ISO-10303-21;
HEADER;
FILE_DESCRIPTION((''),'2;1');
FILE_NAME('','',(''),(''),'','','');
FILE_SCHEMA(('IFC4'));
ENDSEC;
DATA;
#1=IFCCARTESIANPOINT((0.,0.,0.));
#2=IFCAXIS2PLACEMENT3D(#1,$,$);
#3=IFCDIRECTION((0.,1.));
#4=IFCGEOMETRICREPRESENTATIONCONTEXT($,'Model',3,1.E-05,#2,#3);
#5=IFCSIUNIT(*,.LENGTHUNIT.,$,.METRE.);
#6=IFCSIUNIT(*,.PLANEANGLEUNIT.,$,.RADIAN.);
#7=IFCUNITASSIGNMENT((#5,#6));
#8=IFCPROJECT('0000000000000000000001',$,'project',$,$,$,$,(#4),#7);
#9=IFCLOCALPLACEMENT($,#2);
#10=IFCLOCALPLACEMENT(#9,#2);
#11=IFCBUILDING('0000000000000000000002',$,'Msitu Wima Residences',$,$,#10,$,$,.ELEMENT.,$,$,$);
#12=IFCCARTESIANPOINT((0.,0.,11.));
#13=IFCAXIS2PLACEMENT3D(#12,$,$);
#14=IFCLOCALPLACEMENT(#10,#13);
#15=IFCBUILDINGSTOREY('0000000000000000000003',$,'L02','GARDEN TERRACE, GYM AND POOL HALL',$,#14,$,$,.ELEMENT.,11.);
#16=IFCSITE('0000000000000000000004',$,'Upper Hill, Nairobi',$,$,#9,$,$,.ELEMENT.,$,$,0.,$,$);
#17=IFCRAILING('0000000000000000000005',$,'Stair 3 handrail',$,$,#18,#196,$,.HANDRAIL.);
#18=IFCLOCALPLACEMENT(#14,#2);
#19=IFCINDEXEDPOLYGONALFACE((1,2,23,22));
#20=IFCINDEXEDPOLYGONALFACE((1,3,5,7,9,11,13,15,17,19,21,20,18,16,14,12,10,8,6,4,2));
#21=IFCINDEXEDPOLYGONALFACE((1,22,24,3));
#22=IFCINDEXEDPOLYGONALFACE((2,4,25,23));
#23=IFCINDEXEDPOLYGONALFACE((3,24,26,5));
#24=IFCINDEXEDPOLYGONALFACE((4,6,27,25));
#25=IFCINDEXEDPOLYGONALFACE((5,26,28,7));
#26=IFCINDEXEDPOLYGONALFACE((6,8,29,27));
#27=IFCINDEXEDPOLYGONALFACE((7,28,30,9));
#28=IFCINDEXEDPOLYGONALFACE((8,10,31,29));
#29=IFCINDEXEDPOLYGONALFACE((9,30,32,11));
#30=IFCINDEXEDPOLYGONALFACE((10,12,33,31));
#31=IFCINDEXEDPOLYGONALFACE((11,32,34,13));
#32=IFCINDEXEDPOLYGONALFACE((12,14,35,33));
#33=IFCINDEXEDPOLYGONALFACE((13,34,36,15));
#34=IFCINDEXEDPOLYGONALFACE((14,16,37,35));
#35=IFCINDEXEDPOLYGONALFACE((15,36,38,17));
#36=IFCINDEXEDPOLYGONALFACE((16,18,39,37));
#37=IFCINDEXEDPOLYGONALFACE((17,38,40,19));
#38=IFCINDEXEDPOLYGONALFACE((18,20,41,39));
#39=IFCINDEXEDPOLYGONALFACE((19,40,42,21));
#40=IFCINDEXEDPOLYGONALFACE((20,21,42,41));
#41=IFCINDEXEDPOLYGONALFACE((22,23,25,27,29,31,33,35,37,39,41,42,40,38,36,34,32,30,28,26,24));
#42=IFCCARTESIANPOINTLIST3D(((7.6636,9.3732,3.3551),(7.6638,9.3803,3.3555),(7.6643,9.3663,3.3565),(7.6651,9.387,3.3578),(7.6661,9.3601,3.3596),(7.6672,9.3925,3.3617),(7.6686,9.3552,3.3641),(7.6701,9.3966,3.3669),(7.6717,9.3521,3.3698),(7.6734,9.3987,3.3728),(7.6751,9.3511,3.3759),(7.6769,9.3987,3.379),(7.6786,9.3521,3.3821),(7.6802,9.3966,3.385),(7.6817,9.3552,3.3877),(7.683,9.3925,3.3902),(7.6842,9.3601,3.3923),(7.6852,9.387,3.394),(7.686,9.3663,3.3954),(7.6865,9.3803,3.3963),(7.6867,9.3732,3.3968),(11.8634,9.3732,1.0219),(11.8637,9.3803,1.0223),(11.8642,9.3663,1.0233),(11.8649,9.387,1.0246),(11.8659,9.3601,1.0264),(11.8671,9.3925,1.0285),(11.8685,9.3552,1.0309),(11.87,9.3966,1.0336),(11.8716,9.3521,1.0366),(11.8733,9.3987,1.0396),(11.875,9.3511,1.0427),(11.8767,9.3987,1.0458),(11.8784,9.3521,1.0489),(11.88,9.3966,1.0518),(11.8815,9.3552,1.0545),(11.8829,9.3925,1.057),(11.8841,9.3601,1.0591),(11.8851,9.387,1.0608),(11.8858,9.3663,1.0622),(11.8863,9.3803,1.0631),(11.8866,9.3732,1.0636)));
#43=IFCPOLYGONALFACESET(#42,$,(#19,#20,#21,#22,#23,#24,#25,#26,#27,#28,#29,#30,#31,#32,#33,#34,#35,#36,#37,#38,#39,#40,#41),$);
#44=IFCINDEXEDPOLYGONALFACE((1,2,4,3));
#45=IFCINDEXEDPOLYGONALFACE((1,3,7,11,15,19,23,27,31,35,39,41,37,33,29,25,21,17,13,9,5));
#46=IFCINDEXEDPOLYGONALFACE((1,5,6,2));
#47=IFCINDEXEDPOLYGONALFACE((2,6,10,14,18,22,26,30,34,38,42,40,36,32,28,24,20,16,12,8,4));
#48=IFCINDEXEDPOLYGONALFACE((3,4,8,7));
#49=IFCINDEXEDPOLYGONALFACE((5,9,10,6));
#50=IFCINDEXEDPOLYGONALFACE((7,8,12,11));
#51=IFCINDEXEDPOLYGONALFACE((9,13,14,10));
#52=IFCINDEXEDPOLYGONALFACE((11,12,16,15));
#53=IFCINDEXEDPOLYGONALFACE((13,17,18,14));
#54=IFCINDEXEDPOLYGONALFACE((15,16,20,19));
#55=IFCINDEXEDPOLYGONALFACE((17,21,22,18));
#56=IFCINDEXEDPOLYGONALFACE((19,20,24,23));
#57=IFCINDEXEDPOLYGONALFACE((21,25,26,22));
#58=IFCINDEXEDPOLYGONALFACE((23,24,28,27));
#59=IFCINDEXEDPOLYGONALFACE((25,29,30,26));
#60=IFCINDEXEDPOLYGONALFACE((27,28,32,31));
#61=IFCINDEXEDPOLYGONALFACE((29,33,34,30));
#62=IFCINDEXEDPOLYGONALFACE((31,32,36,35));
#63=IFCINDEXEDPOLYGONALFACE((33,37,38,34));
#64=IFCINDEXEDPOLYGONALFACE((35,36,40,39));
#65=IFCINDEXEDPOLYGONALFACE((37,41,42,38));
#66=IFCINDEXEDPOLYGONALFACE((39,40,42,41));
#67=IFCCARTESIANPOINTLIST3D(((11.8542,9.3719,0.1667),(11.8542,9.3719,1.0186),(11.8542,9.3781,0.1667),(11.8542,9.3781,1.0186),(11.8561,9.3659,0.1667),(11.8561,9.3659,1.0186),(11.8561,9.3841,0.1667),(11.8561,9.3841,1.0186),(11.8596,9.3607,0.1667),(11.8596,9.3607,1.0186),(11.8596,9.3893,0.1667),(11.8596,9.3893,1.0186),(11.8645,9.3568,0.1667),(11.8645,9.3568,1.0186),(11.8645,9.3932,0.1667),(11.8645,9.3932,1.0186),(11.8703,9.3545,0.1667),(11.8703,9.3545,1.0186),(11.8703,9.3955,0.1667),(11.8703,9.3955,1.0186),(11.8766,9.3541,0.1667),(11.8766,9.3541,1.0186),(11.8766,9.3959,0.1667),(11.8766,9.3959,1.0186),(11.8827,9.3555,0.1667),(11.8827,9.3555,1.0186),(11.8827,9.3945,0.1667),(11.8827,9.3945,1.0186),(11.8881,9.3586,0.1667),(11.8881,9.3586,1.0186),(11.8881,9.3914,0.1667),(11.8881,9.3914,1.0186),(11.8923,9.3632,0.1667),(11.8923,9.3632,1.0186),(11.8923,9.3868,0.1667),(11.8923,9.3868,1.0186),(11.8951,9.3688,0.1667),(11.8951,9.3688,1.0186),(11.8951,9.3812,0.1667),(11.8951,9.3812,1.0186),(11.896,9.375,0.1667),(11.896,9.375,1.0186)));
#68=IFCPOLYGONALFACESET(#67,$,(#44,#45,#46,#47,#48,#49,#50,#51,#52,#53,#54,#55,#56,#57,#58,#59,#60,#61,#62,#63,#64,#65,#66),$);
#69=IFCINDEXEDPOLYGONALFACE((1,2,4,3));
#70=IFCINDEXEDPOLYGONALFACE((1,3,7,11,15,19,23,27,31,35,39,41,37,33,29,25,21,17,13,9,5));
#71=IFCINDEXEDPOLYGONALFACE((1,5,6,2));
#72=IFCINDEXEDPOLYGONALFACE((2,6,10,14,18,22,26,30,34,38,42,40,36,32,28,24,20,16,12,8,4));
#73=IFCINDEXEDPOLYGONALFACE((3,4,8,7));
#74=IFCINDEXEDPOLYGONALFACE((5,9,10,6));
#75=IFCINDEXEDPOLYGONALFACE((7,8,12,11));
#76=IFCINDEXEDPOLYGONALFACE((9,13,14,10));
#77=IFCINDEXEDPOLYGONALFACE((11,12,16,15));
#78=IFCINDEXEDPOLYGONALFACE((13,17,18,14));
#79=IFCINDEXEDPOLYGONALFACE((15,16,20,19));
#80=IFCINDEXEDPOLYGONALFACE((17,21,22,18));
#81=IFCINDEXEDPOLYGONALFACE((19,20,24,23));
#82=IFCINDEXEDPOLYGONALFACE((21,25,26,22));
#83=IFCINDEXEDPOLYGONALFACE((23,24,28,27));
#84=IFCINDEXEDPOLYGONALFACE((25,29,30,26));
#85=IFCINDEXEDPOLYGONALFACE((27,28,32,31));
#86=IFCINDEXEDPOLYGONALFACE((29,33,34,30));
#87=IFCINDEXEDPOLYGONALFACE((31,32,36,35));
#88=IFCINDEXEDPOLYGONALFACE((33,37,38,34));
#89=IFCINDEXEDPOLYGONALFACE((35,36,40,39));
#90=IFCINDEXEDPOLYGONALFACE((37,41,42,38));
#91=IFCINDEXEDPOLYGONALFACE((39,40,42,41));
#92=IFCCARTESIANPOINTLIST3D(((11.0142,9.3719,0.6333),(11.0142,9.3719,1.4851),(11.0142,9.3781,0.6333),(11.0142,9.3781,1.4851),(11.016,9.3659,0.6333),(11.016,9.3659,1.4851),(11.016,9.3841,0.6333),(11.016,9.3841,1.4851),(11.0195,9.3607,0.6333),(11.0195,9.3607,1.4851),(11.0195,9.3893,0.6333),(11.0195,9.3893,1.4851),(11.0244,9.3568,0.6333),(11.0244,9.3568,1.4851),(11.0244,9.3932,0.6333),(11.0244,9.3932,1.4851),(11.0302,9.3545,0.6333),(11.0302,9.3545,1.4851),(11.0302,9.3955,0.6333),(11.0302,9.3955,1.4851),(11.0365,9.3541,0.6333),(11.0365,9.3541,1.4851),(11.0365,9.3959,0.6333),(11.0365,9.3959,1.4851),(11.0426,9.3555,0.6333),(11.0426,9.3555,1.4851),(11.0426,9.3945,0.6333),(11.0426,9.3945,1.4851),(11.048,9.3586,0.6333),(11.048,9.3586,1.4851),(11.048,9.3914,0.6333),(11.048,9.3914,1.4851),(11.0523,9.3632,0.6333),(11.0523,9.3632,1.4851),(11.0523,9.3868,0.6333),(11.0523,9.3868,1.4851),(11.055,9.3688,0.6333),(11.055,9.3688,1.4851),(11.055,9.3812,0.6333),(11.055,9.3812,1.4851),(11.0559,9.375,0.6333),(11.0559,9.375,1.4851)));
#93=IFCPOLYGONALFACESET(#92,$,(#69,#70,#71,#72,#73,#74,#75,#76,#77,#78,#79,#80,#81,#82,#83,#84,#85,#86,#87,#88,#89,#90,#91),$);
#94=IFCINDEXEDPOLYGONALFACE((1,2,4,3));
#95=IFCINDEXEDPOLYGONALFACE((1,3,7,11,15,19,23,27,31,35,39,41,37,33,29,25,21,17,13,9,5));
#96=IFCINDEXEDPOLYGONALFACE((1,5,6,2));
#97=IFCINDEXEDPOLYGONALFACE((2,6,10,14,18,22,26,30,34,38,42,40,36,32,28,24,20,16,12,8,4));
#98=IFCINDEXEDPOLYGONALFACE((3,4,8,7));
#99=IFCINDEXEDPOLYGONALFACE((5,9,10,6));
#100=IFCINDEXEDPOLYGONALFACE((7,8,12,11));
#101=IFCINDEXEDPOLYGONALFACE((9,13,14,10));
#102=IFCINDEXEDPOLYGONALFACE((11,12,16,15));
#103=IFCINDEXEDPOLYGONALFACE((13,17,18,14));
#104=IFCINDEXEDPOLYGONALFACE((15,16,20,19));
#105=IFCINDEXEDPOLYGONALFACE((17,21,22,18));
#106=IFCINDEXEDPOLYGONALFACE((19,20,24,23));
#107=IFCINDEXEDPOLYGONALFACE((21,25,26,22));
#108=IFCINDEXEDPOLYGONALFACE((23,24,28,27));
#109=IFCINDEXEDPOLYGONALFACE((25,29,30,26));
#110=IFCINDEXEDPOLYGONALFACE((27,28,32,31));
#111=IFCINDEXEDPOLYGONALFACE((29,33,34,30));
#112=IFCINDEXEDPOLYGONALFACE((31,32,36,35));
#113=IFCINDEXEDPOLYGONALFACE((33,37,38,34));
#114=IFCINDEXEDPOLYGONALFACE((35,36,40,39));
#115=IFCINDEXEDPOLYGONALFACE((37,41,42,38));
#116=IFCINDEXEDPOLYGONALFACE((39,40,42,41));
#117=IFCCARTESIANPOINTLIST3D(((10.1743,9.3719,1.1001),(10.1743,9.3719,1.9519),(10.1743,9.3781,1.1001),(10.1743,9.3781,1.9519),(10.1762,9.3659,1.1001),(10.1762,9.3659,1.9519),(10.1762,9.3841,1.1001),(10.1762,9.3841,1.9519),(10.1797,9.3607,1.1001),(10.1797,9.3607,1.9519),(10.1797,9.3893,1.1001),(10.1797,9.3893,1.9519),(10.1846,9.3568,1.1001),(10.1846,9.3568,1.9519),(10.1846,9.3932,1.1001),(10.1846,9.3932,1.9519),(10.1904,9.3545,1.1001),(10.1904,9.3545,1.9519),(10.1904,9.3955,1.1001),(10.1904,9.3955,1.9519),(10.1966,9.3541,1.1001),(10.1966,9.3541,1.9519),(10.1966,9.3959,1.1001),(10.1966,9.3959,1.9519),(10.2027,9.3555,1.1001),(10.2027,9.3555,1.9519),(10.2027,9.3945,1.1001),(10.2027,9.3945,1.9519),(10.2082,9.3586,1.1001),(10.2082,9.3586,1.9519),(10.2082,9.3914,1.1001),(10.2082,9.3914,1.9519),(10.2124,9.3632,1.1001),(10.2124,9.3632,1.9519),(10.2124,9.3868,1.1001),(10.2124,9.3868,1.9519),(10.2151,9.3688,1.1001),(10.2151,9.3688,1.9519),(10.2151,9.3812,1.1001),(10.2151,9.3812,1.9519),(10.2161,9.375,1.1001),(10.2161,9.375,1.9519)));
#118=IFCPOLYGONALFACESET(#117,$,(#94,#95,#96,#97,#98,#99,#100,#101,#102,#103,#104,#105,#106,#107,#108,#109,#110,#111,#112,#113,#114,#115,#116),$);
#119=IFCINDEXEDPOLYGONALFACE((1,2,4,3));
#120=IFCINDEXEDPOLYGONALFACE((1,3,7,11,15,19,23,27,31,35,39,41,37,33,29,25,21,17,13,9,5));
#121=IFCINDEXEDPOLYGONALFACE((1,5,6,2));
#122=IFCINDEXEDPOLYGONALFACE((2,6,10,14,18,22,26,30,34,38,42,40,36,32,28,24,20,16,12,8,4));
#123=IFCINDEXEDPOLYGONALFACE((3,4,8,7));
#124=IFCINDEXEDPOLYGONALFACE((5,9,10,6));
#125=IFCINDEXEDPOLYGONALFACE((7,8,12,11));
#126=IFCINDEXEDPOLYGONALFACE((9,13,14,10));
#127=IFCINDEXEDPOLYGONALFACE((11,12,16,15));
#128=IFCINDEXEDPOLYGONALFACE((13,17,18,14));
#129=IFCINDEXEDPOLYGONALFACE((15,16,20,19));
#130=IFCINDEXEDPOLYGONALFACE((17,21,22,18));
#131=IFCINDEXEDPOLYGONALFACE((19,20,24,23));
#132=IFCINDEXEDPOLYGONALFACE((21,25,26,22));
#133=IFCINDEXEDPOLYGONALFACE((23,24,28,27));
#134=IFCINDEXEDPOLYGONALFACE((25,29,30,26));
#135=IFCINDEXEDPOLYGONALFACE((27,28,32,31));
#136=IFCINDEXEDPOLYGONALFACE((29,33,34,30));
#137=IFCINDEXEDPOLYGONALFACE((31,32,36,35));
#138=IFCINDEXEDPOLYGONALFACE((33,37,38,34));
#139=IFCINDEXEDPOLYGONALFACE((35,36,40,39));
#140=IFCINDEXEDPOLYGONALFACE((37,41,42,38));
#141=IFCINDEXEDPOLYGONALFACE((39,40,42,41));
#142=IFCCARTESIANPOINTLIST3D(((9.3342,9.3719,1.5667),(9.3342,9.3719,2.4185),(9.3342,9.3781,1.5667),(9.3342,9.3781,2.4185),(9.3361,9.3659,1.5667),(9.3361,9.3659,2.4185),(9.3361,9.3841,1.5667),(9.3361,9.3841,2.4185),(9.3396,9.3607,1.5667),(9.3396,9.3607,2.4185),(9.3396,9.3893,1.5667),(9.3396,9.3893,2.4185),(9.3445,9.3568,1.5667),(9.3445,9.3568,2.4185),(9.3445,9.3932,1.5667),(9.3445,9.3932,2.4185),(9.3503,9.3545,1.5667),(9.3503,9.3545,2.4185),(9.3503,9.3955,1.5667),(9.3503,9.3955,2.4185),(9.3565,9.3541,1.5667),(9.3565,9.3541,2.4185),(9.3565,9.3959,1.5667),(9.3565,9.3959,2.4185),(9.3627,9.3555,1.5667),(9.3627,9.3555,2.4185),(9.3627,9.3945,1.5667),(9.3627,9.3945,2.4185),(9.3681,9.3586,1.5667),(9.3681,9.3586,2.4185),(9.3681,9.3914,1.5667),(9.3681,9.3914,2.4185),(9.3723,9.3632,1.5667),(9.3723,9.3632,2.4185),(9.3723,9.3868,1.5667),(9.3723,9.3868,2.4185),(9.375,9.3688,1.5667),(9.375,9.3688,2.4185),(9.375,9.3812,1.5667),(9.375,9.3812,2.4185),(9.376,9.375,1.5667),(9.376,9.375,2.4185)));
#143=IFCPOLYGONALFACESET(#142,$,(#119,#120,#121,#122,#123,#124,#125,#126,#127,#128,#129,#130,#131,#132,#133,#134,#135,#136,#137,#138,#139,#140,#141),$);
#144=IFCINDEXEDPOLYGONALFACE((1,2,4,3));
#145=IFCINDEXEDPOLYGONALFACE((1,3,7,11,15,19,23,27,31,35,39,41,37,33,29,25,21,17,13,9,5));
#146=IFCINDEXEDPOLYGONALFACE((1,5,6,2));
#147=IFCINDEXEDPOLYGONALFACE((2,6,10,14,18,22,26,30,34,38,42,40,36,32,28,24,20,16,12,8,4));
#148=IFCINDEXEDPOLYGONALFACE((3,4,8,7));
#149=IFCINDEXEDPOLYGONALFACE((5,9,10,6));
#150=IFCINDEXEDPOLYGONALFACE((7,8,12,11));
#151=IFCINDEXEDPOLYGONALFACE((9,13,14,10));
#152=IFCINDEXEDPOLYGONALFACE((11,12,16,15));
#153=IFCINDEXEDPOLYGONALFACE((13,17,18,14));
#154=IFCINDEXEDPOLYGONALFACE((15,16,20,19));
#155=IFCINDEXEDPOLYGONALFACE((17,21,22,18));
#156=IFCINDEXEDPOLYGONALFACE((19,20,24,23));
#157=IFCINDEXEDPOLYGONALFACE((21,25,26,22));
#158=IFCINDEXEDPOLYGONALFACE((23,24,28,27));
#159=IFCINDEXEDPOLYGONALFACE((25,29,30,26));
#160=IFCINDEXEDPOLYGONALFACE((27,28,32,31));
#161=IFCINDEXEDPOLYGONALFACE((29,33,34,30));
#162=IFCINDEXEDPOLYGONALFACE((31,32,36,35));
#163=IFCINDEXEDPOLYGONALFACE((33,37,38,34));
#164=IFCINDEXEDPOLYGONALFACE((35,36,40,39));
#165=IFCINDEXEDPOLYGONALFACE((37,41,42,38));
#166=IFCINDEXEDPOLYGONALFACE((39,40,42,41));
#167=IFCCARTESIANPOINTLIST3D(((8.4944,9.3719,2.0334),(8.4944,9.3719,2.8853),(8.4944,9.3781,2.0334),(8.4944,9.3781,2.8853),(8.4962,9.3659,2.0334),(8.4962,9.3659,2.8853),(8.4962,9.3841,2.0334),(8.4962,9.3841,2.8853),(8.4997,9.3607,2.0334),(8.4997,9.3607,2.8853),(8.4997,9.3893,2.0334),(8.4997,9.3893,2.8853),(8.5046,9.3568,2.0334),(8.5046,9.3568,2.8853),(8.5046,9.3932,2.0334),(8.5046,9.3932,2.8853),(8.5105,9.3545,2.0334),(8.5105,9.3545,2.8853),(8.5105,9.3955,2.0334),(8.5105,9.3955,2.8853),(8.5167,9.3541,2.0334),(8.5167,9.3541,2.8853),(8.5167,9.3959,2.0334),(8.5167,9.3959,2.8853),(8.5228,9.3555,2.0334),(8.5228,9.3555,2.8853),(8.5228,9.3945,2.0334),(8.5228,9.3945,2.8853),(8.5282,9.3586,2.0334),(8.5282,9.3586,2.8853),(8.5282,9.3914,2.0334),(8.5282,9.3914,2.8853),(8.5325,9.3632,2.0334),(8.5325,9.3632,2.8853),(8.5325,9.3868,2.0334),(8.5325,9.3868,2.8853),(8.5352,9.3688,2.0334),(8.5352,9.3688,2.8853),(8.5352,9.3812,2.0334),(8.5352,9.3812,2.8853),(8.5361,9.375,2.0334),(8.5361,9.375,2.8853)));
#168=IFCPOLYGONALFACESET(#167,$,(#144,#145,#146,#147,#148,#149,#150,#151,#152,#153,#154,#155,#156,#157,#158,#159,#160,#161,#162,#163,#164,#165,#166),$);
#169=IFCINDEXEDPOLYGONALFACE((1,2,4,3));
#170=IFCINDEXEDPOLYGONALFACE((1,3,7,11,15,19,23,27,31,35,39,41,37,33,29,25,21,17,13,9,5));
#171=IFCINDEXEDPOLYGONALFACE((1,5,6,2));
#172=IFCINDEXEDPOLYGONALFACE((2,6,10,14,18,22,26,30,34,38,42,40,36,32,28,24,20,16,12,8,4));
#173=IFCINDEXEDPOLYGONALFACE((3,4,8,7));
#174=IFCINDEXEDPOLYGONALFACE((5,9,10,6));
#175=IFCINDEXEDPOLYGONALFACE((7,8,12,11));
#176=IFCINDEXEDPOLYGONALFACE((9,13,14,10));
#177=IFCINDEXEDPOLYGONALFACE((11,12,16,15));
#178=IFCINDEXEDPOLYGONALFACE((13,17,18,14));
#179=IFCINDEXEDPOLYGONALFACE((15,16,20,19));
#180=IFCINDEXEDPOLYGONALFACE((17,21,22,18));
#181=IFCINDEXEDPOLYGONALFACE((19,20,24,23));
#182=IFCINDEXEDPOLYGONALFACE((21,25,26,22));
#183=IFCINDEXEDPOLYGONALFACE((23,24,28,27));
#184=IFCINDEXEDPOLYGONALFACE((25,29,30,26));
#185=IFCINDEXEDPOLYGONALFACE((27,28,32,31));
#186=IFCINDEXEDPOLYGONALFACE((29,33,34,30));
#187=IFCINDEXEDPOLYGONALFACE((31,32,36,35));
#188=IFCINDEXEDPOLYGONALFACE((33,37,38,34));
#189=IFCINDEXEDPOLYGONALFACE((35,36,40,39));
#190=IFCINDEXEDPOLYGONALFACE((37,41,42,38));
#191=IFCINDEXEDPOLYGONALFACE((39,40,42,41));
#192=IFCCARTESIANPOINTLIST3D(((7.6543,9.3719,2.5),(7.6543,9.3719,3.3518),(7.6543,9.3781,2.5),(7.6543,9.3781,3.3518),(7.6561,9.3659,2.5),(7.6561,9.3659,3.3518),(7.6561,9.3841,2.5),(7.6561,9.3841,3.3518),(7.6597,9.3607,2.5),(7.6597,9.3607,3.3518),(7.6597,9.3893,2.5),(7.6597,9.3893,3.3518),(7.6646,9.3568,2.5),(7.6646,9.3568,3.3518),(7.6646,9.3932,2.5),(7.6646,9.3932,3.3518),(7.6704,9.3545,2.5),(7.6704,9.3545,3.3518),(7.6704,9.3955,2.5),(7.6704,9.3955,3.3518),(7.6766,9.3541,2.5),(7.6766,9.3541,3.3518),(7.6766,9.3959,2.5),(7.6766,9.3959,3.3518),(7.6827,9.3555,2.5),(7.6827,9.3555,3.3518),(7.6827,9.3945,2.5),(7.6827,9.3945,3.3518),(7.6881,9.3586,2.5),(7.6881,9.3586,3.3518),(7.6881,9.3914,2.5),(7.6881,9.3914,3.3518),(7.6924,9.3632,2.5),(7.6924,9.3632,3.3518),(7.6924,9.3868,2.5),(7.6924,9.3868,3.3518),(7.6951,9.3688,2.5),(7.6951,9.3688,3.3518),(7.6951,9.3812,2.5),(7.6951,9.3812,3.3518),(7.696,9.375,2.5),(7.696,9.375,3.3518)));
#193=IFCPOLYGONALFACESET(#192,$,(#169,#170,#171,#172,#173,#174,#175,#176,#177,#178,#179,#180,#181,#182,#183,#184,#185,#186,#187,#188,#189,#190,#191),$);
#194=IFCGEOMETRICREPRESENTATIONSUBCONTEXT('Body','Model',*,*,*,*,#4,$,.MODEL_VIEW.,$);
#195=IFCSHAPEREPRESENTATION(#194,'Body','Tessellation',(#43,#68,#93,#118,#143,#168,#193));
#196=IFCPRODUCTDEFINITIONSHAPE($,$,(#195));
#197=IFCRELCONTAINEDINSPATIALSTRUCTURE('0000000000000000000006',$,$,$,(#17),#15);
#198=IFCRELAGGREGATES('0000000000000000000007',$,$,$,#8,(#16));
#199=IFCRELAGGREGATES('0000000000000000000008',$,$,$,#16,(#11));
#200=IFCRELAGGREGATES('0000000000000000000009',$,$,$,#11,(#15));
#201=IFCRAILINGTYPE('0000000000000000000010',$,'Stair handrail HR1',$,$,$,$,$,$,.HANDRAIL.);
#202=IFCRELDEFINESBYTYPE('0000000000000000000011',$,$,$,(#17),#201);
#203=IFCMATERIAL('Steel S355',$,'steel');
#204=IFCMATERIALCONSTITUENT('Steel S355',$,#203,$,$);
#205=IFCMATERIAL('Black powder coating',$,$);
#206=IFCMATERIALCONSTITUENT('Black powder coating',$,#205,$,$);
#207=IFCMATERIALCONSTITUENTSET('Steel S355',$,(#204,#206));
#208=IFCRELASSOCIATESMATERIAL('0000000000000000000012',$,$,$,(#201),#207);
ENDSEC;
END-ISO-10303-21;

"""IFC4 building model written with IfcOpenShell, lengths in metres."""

from ifc_helpers import new_model, si_unit, direction, frame, origin, origin_2d, place, context, subcontext, project, spatial, circle, extrude, material, constituent, constituent_set, type_object, element, save


model = new_model("IFC4")

# Units and contexts
model_context = context("Model", 3, precision=1e-05, world=origin(), true_north=direction((0.0, 1.0)))
body_context = subcontext(model_context, "Body", "Model", "MODEL_VIEW")
ifc_project = project(units=[si_unit("LENGTHUNIT", "METRE"), si_unit("PLANEANGLEUNIT", "RADIAN")], contexts=[model_context])

# Site, building, storey
site_placement = place(None, origin())
site = spatial("IfcSite", under=ifc_project, at=site_placement, Name="Upper Hill, Nairobi", CompositionType="ELEMENT", RefElevation=0.0)
building_placement = place(site_placement, origin())
building = spatial("IfcBuilding", under=site, at=building_placement, Name="Msitu Wima Residences", CompositionType="ELEMENT")
storey_placement = place(building_placement, frame((0.0, 0.0, 11.0)))
storey = spatial("IfcBuildingStorey", under=building, at=storey_placement, Name="L02", Description="GARDEN TERRACE, GYM AND POOL HALL", CompositionType="ELEMENT", Elevation=11.0)

# Railing
ifc_material_1 = material(Name="Steel S355", Category="steel")
ifc_constituent_1 = constituent(ifc_material_1, Name="Steel S355")
ifc_material_2 = material(Name="Black powder coating")
ifc_constituent_2 = constituent(ifc_material_2, Name="Black powder coating")
ifc_constituent_set = constituent_set(constituents=[ifc_constituent_1, ifc_constituent_2], Name="Steel S355")
railing_type = type_object("IfcRailingType", Name="Stair handrail HR1", PredefinedType="HANDRAIL", material=ifc_constituent_set)
railing_1_placement = place(storey_placement, frame((11.875, 9.375, 0.1667)))
element("IfcRailing", 1, at=railing_1_placement, inside=storey, type_object=railing_type, Name="Stair 3 handrail", PredefinedType="HANDRAIL", context=body_context, shape_type="SweptSolid", body=[
    extrude(circle(Radius=0.0239, at=origin_2d()), frame((0.0, 0.0, 0.876), z_axis=(-0.874162, 0.0, 0.485634), x_axis=(0.0, -1.0, 0.0)), (0.0, 0.0, 1.0), 4.8044),
    extrude(circle(Radius=0.021, at=origin_2d()), origin(), (0.0, 0.0, 1.0), 0.8518),
    extrude(circle(Radius=0.021, at=origin_2d()), frame((-0.8401, 0.0, 0.4666)), (0.0, 0.0, 1.0), 0.8518),
    extrude(circle(Radius=0.021, at=origin_2d()), frame((-1.6799, 0.0, 0.9333)), (0.0, 0.0, 1.0), 0.8518),
    extrude(circle(Radius=0.021, at=origin_2d()), frame((-2.52, 0.0, 1.3999)), (0.0, 0.0, 1.0), 0.8518),
    extrude(circle(Radius=0.021, at=origin_2d()), frame((-3.3599, 0.0, 1.8667)), (0.0, 0.0, 1.0), 0.8518),
    extrude(circle(Radius=0.021, at=origin_2d()), frame((-4.2, 0.0, 2.3333)), (0.0, 0.0, 1.0), 0.8518),
])

save(model, "model.ifc")
